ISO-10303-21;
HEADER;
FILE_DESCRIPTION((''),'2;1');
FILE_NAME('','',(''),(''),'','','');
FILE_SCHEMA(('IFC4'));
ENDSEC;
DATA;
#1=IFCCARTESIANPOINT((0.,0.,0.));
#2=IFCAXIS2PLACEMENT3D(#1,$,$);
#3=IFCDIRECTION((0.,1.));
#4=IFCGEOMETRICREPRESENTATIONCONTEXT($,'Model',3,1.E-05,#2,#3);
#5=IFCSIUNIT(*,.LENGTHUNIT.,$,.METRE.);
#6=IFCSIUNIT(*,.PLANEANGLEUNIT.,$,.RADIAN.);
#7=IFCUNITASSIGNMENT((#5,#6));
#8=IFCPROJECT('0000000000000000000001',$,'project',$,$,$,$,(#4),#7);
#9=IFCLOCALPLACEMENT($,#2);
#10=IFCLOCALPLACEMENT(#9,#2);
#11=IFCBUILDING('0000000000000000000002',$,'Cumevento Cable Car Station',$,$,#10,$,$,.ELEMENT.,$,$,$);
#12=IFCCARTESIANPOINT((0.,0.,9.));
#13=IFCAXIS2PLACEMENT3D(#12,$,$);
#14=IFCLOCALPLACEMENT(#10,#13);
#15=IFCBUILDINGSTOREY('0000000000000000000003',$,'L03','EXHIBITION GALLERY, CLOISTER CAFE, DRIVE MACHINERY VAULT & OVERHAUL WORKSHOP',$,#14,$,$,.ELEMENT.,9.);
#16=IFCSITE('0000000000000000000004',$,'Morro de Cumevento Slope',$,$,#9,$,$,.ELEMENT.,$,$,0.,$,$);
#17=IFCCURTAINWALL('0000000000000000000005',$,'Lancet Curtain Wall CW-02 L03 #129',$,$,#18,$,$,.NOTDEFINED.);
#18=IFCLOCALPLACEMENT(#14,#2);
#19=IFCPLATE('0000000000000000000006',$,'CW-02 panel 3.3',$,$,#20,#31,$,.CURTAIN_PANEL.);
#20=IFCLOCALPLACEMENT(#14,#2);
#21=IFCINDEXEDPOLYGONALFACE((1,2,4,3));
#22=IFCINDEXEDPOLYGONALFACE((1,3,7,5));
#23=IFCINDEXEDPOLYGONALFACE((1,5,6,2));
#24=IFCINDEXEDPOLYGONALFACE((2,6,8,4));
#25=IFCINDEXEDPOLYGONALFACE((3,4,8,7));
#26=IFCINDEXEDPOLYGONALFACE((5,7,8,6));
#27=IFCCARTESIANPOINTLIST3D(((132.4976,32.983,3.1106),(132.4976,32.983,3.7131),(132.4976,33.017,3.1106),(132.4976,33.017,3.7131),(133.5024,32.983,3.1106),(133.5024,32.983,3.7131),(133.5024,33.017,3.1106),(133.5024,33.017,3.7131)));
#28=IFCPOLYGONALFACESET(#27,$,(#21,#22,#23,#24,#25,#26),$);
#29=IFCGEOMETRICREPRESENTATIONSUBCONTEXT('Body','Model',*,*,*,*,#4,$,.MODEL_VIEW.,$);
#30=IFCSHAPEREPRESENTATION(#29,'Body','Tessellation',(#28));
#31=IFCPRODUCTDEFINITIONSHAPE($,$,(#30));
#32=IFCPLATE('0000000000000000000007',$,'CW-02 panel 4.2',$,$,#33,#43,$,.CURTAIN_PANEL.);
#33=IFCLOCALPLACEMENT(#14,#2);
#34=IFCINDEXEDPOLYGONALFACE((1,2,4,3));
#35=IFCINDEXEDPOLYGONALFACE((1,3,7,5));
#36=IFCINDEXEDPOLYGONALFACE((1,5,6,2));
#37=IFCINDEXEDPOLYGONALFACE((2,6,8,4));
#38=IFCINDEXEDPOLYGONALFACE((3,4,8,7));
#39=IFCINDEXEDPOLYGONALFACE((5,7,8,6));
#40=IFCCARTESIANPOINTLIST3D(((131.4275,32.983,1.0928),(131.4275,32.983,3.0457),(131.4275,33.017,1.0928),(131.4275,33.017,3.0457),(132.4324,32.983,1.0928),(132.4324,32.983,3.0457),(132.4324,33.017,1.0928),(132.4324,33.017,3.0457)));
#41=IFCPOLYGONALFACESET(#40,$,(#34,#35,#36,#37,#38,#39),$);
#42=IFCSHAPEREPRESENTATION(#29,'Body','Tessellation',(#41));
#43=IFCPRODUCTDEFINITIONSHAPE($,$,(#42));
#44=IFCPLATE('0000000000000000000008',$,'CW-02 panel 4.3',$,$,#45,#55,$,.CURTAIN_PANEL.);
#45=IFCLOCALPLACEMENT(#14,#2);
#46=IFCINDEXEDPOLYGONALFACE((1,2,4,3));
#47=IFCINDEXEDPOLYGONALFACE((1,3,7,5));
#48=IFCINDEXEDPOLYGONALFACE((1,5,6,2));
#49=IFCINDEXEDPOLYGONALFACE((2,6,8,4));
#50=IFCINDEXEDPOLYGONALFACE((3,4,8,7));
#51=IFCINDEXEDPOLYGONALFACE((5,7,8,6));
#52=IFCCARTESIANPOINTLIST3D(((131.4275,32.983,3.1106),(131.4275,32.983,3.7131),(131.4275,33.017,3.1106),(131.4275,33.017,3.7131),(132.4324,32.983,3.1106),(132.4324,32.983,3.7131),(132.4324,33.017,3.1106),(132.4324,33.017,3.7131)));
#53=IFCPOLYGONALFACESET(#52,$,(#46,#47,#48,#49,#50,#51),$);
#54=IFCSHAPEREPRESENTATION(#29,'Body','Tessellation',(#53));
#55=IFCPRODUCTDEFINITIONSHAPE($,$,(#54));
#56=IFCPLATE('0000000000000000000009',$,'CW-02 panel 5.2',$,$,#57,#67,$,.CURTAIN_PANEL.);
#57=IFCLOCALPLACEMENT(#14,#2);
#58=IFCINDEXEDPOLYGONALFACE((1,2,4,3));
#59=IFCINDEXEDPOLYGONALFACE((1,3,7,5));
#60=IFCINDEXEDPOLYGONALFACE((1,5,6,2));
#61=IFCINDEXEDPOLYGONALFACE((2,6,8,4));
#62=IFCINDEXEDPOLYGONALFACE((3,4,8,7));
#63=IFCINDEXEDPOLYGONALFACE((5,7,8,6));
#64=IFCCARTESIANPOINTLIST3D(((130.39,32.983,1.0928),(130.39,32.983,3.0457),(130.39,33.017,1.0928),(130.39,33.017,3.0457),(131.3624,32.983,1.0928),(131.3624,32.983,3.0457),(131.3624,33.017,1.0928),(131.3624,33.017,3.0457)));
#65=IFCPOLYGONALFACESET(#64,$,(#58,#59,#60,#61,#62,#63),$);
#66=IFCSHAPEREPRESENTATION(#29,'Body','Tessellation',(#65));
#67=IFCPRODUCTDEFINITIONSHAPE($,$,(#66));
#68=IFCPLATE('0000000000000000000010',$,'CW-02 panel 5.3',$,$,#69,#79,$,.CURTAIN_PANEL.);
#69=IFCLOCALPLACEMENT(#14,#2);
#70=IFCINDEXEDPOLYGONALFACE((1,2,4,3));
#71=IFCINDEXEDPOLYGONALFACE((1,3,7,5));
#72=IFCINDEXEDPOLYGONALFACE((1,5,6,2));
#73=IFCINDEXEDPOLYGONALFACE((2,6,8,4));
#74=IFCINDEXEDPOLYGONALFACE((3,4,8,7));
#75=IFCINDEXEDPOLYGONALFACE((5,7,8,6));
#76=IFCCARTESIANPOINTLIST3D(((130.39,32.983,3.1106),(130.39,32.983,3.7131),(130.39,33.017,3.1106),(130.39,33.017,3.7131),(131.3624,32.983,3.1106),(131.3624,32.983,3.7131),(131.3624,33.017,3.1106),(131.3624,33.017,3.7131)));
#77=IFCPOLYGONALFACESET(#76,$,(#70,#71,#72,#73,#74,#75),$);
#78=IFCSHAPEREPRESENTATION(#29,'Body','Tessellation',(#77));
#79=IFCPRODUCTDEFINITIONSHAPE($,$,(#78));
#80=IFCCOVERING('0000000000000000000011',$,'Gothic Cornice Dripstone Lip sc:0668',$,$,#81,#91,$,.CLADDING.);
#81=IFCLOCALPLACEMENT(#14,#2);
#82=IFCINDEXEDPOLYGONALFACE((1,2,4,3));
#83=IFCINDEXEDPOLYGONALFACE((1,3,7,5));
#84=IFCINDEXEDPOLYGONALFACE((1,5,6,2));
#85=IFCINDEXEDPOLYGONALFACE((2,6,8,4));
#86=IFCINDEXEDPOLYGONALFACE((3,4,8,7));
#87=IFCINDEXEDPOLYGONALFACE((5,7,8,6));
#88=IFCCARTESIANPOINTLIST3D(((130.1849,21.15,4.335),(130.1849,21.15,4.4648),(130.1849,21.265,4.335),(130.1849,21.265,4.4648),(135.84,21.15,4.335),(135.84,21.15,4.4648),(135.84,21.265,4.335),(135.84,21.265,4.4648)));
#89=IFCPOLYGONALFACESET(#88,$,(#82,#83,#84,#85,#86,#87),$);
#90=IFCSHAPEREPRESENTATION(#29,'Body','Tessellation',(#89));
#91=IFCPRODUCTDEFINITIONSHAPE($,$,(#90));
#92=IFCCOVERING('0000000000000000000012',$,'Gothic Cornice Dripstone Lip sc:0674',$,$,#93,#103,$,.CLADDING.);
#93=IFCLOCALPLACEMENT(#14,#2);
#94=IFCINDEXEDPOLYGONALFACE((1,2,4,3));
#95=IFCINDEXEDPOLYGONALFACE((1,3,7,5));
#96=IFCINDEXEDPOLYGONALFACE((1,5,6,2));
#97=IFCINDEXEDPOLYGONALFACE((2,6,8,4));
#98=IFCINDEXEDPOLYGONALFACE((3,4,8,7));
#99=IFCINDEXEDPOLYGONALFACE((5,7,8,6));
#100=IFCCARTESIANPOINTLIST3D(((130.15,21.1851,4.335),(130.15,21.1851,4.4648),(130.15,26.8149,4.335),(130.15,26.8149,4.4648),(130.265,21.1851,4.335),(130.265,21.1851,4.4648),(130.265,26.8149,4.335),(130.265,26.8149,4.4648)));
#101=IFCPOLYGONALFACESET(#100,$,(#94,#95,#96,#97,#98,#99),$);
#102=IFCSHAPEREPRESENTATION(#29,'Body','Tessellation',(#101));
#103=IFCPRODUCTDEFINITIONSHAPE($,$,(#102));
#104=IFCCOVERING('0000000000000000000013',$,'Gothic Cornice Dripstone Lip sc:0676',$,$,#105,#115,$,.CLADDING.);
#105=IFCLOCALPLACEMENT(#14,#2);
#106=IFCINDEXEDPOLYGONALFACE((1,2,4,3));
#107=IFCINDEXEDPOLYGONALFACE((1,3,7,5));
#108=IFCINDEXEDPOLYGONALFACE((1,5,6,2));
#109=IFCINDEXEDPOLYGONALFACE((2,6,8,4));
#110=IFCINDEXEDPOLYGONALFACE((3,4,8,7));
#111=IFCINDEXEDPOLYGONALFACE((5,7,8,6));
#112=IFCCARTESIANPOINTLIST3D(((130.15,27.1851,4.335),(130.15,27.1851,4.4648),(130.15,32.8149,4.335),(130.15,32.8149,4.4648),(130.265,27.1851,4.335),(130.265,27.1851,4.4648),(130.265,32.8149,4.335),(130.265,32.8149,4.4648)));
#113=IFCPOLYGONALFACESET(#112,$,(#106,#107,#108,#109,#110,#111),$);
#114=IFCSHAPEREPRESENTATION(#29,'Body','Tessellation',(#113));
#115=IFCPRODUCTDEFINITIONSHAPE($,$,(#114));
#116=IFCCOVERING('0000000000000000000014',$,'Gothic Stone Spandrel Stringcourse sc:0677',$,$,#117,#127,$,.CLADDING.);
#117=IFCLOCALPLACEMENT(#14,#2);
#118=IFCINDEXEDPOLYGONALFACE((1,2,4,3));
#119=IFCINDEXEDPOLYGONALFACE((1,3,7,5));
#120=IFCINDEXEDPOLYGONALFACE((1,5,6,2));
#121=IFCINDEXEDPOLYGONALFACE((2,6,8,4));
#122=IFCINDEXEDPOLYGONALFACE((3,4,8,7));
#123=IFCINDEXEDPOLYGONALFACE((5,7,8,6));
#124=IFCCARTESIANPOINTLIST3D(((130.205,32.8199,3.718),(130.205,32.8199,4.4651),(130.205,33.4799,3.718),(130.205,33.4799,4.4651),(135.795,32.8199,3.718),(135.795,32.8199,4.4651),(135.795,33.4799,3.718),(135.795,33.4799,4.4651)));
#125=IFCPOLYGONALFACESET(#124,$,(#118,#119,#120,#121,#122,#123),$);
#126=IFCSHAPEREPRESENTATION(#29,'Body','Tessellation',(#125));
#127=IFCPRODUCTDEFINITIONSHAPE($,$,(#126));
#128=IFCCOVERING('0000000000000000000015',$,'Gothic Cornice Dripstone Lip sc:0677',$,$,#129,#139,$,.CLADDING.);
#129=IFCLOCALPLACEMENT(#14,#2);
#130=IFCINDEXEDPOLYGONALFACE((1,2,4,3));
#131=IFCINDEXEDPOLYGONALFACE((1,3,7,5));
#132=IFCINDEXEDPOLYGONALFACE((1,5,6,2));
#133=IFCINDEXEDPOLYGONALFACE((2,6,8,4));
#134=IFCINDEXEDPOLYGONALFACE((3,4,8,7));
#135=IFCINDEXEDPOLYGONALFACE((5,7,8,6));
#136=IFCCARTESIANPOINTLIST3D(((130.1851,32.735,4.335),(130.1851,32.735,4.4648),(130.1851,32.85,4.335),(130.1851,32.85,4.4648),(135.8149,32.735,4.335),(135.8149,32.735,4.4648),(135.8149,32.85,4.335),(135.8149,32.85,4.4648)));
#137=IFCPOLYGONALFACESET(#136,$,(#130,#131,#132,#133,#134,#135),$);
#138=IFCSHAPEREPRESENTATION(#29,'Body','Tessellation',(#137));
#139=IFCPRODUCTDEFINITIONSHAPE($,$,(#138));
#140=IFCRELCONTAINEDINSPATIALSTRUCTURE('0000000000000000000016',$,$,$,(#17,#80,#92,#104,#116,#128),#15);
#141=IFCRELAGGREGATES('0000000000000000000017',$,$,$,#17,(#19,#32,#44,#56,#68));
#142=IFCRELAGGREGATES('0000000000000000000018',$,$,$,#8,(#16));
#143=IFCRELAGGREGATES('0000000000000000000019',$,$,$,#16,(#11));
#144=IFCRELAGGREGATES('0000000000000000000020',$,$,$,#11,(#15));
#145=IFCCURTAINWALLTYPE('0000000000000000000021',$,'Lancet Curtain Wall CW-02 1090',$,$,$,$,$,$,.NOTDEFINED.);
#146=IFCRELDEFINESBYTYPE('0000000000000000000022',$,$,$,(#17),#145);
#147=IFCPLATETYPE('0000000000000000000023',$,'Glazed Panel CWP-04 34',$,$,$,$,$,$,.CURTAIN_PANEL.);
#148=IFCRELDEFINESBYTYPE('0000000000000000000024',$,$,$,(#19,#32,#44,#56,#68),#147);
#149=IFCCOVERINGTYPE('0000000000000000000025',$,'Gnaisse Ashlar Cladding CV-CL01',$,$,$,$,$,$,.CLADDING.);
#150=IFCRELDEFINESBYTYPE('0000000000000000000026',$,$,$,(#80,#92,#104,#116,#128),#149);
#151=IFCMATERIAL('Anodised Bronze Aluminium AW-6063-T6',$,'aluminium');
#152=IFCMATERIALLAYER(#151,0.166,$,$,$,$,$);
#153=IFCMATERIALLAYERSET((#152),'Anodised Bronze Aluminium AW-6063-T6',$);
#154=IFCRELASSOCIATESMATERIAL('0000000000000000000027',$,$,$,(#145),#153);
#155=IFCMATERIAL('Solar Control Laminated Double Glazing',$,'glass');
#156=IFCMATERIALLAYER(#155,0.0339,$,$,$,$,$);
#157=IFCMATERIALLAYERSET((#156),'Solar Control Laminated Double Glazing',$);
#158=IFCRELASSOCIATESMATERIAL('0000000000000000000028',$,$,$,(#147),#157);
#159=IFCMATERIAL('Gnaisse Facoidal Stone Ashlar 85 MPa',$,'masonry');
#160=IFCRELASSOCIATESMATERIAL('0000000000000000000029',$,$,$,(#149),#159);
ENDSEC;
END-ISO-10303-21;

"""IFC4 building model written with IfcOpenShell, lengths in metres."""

from ifc_helpers import new_model, si_unit, direction, frame, origin, origin_2d, place, context, subcontext, project, spatial, rectangle, extrude, material, layer, layer_set, type_object, element, aggregate, save


model = new_model("IFC4")

# Units and contexts
model_context = context("Model", 3, precision=1e-05, world=origin(), true_north=direction((0.0, 1.0)))
body_context = subcontext(model_context, "Body", "Model", "MODEL_VIEW")
ifc_project = project(units=[si_unit("LENGTHUNIT", "METRE"), si_unit("PLANEANGLEUNIT", "RADIAN")], contexts=[model_context])

# Site, building, storey
site_placement = place(None, origin())
site = spatial("IfcSite", under=ifc_project, at=site_placement, Name="Morro de Cumevento Slope", CompositionType="ELEMENT", RefElevation=0.0)
building_placement = place(site_placement, origin())
building = spatial("IfcBuilding", under=site, at=building_placement, Name="Cumevento Cable Car Station", CompositionType="ELEMENT")
storey_placement = place(building_placement, frame((0.0, 0.0, 9.0)))
storey = spatial("IfcBuildingStorey", under=building, at=storey_placement, Name="L03", Description="EXHIBITION GALLERY, CLOISTER CAFE, DRIVE MACHINERY VAULT & OVERHAUL WORKSHOP", CompositionType="ELEMENT", Elevation=9.0)

# Curtain wall
ifc_material_1 = material(Name="Anodised Bronze Aluminium AW-6063-T6", Category="aluminium")
ifc_layer_1 = layer(ifc_material_1, 0.166)
ifc_layer_set_1 = layer_set([ifc_layer_1], Name="Anodised Bronze Aluminium AW-6063-T6")
curtain_wall_type_1 = type_object("IfcCurtainWallType", Name="Lancet Curtain Wall CW-02 1090", PredefinedType="NOTDEFINED", material=ifc_layer_set_1)
curtain_wall_1_placement = place(storey_placement, origin())
curtain_wall_1 = element("IfcCurtainWall", 1, at=curtain_wall_1_placement, inside=storey, type_object=curtain_wall_type_1, Name="Lancet Curtain Wall CW-02 L03 #129", PredefinedType="NOTDEFINED")

# Plates
ifc_material_2 = material(Name="Solar Control Laminated Double Glazing", Category="glass")
ifc_layer_2 = layer(ifc_material_2, 0.0339)
ifc_layer_set_2 = layer_set([ifc_layer_2], Name="Solar Control Laminated Double Glazing")
plate_type_1 = type_object("IfcPlateType", Name="Glazed Panel CWP-04 34", PredefinedType="CURTAIN_PANEL", material=ifc_layer_set_2)
plate_1_placement = place(storey_placement, frame((133.0, 33.0, 3.1106), z_axis=(0.0, 0.0, 1.0), x_axis=(-1.0, 0.0, 0.0)))
plate_1 = element("IfcPlate", 2, at=plate_1_placement, type_object=plate_type_1, Name="CW-02 panel 3.3", PredefinedType="CURTAIN_PANEL", context=body_context, shape_type="SweptSolid", body=[
    extrude(rectangle(XDim=1.0049, YDim=0.0339, at=origin_2d()), origin(), (0.0, 0.0, 1.0), 0.6025),
])
plate_2_placement = place(storey_placement, frame((131.9299, 33.0, 1.0928), z_axis=(0.0, 0.0, 1.0), x_axis=(-1.0, 0.0, 0.0)))
plate_2 = element("IfcPlate", 3, at=plate_2_placement, type_object=plate_type_1, Name="CW-02 panel 4.2", PredefinedType="CURTAIN_PANEL", context=body_context, shape_type="SweptSolid", body=[
    extrude(rectangle(XDim=1.0049, YDim=0.0339, at=origin_2d()), origin(), (0.0, 0.0, 1.0), 1.9529),
])
plate_3_placement = place(storey_placement, frame((131.9299, 33.0, 3.1106), z_axis=(0.0, 0.0, 1.0), x_axis=(-1.0, 0.0, 0.0)))
plate_3 = element("IfcPlate", 4, at=plate_3_placement, type_object=plate_type_1, Name="CW-02 panel 4.3", PredefinedType="CURTAIN_PANEL", context=body_context, shape_type="SweptSolid", body=[
    extrude(rectangle(XDim=1.0049, YDim=0.0339, at=origin_2d()), origin(), (0.0, 0.0, 1.0), 0.6025),
])
plate_4_placement = place(storey_placement, frame((130.8762, 33.0, 1.0928), z_axis=(0.0, 0.0, 1.0), x_axis=(-1.0, 0.0, 0.0)))
plate_4 = element("IfcPlate", 5, at=plate_4_placement, type_object=plate_type_1, Name="CW-02 panel 5.2", PredefinedType="CURTAIN_PANEL", context=body_context, shape_type="SweptSolid", body=[
    extrude(rectangle(XDim=0.9724, YDim=0.0339, at=origin_2d()), origin(), (0.0, 0.0, 1.0), 1.9529),
])
plate_5_placement = place(storey_placement, frame((130.8762, 33.0, 3.1106), z_axis=(0.0, 0.0, 1.0), x_axis=(-1.0, 0.0, 0.0)))
plate_5 = element("IfcPlate", 6, at=plate_5_placement, type_object=plate_type_1, Name="CW-02 panel 5.3", PredefinedType="CURTAIN_PANEL", context=body_context, shape_type="SweptSolid", body=[
    extrude(rectangle(XDim=0.9724, YDim=0.0339, at=origin_2d()), origin(), (0.0, 0.0, 1.0), 0.6025),
])
aggregate(curtain_wall_1, [plate_1, plate_2, plate_3, plate_4, plate_5])

# Coverings
ifc_material_3 = material(Name="Gnaisse Facoidal Stone Ashlar 85 MPa", Category="masonry")
covering_type = type_object("IfcCoveringType", Name="Gnaisse Ashlar Cladding CV-CL01", PredefinedType="CLADDING", material=ifc_material_3)
covering_1_placement = place(storey_placement, frame((133.0125, 21.2075, 4.335), z_axis=(0.0, 0.0, 1.0), x_axis=(1.0, 0.0, 0.0)))
element("IfcCovering", 7, at=covering_1_placement, inside=storey, type_object=covering_type, Name="Gothic Cornice Dripstone Lip sc:0668", PredefinedType="CLADDING", context=body_context, shape_type="SweptSolid", body=[
    extrude(rectangle(XDim=5.655, YDim=0.115, at=origin_2d()), origin(), (0.0, 0.0, 1.0), 0.1299),
])
for number, where, z_axis, x_axis, name in (
    (8, (130.2075, 24.0, 4.335), (0.0, 0.0, 1.0), (0.0, -1.0, 0.0), "Gothic Cornice Dripstone Lip sc:0674"),
    (9, (130.2075, 30.0, 4.335), (0.0, 0.0, 1.0), (0.0, -1.0, 0.0), "Gothic Cornice Dripstone Lip sc:0676"),
):
    element("IfcCovering", number, at=place(storey_placement, frame(where, z_axis=z_axis, x_axis=x_axis)), inside=storey, type_object=covering_type, Name=name, PredefinedType="CLADDING", context=body_context, shape_type="SweptSolid", body=[
        extrude(rectangle(XDim=5.6299, YDim=0.115, at=origin_2d()), origin(), (0.0, 0.0, 1.0), 0.1299),
    ])
covering_2_placement = place(storey_placement, frame((133.0, 33.1499, 3.718), z_axis=(0.0, 0.0, 1.0), x_axis=(-1.0, 0.0, 0.0)))
element("IfcCovering", 10, at=covering_2_placement, inside=storey, type_object=covering_type, Name="Gothic Stone Spandrel Stringcourse sc:0677", PredefinedType="CLADDING", context=body_context, shape_type="SweptSolid", body=[
    extrude(rectangle(XDim=5.5901, YDim=0.6599, at=origin_2d()), origin(), (0.0, 0.0, 1.0), 0.7471),
])
covering_3_placement = place(storey_placement, frame((133.0, 32.7925, 4.335), z_axis=(0.0, 0.0, 1.0), x_axis=(-1.0, 0.0, 0.0)))
element("IfcCovering", 11, at=covering_3_placement, inside=storey, type_object=covering_type, Name="Gothic Cornice Dripstone Lip sc:0677", PredefinedType="CLADDING", context=body_context, shape_type="SweptSolid", body=[
    extrude(rectangle(XDim=5.6299, YDim=0.115, at=origin_2d()), origin(), (0.0, 0.0, 1.0), 0.1299),
])

save(model, "model.ifc")
